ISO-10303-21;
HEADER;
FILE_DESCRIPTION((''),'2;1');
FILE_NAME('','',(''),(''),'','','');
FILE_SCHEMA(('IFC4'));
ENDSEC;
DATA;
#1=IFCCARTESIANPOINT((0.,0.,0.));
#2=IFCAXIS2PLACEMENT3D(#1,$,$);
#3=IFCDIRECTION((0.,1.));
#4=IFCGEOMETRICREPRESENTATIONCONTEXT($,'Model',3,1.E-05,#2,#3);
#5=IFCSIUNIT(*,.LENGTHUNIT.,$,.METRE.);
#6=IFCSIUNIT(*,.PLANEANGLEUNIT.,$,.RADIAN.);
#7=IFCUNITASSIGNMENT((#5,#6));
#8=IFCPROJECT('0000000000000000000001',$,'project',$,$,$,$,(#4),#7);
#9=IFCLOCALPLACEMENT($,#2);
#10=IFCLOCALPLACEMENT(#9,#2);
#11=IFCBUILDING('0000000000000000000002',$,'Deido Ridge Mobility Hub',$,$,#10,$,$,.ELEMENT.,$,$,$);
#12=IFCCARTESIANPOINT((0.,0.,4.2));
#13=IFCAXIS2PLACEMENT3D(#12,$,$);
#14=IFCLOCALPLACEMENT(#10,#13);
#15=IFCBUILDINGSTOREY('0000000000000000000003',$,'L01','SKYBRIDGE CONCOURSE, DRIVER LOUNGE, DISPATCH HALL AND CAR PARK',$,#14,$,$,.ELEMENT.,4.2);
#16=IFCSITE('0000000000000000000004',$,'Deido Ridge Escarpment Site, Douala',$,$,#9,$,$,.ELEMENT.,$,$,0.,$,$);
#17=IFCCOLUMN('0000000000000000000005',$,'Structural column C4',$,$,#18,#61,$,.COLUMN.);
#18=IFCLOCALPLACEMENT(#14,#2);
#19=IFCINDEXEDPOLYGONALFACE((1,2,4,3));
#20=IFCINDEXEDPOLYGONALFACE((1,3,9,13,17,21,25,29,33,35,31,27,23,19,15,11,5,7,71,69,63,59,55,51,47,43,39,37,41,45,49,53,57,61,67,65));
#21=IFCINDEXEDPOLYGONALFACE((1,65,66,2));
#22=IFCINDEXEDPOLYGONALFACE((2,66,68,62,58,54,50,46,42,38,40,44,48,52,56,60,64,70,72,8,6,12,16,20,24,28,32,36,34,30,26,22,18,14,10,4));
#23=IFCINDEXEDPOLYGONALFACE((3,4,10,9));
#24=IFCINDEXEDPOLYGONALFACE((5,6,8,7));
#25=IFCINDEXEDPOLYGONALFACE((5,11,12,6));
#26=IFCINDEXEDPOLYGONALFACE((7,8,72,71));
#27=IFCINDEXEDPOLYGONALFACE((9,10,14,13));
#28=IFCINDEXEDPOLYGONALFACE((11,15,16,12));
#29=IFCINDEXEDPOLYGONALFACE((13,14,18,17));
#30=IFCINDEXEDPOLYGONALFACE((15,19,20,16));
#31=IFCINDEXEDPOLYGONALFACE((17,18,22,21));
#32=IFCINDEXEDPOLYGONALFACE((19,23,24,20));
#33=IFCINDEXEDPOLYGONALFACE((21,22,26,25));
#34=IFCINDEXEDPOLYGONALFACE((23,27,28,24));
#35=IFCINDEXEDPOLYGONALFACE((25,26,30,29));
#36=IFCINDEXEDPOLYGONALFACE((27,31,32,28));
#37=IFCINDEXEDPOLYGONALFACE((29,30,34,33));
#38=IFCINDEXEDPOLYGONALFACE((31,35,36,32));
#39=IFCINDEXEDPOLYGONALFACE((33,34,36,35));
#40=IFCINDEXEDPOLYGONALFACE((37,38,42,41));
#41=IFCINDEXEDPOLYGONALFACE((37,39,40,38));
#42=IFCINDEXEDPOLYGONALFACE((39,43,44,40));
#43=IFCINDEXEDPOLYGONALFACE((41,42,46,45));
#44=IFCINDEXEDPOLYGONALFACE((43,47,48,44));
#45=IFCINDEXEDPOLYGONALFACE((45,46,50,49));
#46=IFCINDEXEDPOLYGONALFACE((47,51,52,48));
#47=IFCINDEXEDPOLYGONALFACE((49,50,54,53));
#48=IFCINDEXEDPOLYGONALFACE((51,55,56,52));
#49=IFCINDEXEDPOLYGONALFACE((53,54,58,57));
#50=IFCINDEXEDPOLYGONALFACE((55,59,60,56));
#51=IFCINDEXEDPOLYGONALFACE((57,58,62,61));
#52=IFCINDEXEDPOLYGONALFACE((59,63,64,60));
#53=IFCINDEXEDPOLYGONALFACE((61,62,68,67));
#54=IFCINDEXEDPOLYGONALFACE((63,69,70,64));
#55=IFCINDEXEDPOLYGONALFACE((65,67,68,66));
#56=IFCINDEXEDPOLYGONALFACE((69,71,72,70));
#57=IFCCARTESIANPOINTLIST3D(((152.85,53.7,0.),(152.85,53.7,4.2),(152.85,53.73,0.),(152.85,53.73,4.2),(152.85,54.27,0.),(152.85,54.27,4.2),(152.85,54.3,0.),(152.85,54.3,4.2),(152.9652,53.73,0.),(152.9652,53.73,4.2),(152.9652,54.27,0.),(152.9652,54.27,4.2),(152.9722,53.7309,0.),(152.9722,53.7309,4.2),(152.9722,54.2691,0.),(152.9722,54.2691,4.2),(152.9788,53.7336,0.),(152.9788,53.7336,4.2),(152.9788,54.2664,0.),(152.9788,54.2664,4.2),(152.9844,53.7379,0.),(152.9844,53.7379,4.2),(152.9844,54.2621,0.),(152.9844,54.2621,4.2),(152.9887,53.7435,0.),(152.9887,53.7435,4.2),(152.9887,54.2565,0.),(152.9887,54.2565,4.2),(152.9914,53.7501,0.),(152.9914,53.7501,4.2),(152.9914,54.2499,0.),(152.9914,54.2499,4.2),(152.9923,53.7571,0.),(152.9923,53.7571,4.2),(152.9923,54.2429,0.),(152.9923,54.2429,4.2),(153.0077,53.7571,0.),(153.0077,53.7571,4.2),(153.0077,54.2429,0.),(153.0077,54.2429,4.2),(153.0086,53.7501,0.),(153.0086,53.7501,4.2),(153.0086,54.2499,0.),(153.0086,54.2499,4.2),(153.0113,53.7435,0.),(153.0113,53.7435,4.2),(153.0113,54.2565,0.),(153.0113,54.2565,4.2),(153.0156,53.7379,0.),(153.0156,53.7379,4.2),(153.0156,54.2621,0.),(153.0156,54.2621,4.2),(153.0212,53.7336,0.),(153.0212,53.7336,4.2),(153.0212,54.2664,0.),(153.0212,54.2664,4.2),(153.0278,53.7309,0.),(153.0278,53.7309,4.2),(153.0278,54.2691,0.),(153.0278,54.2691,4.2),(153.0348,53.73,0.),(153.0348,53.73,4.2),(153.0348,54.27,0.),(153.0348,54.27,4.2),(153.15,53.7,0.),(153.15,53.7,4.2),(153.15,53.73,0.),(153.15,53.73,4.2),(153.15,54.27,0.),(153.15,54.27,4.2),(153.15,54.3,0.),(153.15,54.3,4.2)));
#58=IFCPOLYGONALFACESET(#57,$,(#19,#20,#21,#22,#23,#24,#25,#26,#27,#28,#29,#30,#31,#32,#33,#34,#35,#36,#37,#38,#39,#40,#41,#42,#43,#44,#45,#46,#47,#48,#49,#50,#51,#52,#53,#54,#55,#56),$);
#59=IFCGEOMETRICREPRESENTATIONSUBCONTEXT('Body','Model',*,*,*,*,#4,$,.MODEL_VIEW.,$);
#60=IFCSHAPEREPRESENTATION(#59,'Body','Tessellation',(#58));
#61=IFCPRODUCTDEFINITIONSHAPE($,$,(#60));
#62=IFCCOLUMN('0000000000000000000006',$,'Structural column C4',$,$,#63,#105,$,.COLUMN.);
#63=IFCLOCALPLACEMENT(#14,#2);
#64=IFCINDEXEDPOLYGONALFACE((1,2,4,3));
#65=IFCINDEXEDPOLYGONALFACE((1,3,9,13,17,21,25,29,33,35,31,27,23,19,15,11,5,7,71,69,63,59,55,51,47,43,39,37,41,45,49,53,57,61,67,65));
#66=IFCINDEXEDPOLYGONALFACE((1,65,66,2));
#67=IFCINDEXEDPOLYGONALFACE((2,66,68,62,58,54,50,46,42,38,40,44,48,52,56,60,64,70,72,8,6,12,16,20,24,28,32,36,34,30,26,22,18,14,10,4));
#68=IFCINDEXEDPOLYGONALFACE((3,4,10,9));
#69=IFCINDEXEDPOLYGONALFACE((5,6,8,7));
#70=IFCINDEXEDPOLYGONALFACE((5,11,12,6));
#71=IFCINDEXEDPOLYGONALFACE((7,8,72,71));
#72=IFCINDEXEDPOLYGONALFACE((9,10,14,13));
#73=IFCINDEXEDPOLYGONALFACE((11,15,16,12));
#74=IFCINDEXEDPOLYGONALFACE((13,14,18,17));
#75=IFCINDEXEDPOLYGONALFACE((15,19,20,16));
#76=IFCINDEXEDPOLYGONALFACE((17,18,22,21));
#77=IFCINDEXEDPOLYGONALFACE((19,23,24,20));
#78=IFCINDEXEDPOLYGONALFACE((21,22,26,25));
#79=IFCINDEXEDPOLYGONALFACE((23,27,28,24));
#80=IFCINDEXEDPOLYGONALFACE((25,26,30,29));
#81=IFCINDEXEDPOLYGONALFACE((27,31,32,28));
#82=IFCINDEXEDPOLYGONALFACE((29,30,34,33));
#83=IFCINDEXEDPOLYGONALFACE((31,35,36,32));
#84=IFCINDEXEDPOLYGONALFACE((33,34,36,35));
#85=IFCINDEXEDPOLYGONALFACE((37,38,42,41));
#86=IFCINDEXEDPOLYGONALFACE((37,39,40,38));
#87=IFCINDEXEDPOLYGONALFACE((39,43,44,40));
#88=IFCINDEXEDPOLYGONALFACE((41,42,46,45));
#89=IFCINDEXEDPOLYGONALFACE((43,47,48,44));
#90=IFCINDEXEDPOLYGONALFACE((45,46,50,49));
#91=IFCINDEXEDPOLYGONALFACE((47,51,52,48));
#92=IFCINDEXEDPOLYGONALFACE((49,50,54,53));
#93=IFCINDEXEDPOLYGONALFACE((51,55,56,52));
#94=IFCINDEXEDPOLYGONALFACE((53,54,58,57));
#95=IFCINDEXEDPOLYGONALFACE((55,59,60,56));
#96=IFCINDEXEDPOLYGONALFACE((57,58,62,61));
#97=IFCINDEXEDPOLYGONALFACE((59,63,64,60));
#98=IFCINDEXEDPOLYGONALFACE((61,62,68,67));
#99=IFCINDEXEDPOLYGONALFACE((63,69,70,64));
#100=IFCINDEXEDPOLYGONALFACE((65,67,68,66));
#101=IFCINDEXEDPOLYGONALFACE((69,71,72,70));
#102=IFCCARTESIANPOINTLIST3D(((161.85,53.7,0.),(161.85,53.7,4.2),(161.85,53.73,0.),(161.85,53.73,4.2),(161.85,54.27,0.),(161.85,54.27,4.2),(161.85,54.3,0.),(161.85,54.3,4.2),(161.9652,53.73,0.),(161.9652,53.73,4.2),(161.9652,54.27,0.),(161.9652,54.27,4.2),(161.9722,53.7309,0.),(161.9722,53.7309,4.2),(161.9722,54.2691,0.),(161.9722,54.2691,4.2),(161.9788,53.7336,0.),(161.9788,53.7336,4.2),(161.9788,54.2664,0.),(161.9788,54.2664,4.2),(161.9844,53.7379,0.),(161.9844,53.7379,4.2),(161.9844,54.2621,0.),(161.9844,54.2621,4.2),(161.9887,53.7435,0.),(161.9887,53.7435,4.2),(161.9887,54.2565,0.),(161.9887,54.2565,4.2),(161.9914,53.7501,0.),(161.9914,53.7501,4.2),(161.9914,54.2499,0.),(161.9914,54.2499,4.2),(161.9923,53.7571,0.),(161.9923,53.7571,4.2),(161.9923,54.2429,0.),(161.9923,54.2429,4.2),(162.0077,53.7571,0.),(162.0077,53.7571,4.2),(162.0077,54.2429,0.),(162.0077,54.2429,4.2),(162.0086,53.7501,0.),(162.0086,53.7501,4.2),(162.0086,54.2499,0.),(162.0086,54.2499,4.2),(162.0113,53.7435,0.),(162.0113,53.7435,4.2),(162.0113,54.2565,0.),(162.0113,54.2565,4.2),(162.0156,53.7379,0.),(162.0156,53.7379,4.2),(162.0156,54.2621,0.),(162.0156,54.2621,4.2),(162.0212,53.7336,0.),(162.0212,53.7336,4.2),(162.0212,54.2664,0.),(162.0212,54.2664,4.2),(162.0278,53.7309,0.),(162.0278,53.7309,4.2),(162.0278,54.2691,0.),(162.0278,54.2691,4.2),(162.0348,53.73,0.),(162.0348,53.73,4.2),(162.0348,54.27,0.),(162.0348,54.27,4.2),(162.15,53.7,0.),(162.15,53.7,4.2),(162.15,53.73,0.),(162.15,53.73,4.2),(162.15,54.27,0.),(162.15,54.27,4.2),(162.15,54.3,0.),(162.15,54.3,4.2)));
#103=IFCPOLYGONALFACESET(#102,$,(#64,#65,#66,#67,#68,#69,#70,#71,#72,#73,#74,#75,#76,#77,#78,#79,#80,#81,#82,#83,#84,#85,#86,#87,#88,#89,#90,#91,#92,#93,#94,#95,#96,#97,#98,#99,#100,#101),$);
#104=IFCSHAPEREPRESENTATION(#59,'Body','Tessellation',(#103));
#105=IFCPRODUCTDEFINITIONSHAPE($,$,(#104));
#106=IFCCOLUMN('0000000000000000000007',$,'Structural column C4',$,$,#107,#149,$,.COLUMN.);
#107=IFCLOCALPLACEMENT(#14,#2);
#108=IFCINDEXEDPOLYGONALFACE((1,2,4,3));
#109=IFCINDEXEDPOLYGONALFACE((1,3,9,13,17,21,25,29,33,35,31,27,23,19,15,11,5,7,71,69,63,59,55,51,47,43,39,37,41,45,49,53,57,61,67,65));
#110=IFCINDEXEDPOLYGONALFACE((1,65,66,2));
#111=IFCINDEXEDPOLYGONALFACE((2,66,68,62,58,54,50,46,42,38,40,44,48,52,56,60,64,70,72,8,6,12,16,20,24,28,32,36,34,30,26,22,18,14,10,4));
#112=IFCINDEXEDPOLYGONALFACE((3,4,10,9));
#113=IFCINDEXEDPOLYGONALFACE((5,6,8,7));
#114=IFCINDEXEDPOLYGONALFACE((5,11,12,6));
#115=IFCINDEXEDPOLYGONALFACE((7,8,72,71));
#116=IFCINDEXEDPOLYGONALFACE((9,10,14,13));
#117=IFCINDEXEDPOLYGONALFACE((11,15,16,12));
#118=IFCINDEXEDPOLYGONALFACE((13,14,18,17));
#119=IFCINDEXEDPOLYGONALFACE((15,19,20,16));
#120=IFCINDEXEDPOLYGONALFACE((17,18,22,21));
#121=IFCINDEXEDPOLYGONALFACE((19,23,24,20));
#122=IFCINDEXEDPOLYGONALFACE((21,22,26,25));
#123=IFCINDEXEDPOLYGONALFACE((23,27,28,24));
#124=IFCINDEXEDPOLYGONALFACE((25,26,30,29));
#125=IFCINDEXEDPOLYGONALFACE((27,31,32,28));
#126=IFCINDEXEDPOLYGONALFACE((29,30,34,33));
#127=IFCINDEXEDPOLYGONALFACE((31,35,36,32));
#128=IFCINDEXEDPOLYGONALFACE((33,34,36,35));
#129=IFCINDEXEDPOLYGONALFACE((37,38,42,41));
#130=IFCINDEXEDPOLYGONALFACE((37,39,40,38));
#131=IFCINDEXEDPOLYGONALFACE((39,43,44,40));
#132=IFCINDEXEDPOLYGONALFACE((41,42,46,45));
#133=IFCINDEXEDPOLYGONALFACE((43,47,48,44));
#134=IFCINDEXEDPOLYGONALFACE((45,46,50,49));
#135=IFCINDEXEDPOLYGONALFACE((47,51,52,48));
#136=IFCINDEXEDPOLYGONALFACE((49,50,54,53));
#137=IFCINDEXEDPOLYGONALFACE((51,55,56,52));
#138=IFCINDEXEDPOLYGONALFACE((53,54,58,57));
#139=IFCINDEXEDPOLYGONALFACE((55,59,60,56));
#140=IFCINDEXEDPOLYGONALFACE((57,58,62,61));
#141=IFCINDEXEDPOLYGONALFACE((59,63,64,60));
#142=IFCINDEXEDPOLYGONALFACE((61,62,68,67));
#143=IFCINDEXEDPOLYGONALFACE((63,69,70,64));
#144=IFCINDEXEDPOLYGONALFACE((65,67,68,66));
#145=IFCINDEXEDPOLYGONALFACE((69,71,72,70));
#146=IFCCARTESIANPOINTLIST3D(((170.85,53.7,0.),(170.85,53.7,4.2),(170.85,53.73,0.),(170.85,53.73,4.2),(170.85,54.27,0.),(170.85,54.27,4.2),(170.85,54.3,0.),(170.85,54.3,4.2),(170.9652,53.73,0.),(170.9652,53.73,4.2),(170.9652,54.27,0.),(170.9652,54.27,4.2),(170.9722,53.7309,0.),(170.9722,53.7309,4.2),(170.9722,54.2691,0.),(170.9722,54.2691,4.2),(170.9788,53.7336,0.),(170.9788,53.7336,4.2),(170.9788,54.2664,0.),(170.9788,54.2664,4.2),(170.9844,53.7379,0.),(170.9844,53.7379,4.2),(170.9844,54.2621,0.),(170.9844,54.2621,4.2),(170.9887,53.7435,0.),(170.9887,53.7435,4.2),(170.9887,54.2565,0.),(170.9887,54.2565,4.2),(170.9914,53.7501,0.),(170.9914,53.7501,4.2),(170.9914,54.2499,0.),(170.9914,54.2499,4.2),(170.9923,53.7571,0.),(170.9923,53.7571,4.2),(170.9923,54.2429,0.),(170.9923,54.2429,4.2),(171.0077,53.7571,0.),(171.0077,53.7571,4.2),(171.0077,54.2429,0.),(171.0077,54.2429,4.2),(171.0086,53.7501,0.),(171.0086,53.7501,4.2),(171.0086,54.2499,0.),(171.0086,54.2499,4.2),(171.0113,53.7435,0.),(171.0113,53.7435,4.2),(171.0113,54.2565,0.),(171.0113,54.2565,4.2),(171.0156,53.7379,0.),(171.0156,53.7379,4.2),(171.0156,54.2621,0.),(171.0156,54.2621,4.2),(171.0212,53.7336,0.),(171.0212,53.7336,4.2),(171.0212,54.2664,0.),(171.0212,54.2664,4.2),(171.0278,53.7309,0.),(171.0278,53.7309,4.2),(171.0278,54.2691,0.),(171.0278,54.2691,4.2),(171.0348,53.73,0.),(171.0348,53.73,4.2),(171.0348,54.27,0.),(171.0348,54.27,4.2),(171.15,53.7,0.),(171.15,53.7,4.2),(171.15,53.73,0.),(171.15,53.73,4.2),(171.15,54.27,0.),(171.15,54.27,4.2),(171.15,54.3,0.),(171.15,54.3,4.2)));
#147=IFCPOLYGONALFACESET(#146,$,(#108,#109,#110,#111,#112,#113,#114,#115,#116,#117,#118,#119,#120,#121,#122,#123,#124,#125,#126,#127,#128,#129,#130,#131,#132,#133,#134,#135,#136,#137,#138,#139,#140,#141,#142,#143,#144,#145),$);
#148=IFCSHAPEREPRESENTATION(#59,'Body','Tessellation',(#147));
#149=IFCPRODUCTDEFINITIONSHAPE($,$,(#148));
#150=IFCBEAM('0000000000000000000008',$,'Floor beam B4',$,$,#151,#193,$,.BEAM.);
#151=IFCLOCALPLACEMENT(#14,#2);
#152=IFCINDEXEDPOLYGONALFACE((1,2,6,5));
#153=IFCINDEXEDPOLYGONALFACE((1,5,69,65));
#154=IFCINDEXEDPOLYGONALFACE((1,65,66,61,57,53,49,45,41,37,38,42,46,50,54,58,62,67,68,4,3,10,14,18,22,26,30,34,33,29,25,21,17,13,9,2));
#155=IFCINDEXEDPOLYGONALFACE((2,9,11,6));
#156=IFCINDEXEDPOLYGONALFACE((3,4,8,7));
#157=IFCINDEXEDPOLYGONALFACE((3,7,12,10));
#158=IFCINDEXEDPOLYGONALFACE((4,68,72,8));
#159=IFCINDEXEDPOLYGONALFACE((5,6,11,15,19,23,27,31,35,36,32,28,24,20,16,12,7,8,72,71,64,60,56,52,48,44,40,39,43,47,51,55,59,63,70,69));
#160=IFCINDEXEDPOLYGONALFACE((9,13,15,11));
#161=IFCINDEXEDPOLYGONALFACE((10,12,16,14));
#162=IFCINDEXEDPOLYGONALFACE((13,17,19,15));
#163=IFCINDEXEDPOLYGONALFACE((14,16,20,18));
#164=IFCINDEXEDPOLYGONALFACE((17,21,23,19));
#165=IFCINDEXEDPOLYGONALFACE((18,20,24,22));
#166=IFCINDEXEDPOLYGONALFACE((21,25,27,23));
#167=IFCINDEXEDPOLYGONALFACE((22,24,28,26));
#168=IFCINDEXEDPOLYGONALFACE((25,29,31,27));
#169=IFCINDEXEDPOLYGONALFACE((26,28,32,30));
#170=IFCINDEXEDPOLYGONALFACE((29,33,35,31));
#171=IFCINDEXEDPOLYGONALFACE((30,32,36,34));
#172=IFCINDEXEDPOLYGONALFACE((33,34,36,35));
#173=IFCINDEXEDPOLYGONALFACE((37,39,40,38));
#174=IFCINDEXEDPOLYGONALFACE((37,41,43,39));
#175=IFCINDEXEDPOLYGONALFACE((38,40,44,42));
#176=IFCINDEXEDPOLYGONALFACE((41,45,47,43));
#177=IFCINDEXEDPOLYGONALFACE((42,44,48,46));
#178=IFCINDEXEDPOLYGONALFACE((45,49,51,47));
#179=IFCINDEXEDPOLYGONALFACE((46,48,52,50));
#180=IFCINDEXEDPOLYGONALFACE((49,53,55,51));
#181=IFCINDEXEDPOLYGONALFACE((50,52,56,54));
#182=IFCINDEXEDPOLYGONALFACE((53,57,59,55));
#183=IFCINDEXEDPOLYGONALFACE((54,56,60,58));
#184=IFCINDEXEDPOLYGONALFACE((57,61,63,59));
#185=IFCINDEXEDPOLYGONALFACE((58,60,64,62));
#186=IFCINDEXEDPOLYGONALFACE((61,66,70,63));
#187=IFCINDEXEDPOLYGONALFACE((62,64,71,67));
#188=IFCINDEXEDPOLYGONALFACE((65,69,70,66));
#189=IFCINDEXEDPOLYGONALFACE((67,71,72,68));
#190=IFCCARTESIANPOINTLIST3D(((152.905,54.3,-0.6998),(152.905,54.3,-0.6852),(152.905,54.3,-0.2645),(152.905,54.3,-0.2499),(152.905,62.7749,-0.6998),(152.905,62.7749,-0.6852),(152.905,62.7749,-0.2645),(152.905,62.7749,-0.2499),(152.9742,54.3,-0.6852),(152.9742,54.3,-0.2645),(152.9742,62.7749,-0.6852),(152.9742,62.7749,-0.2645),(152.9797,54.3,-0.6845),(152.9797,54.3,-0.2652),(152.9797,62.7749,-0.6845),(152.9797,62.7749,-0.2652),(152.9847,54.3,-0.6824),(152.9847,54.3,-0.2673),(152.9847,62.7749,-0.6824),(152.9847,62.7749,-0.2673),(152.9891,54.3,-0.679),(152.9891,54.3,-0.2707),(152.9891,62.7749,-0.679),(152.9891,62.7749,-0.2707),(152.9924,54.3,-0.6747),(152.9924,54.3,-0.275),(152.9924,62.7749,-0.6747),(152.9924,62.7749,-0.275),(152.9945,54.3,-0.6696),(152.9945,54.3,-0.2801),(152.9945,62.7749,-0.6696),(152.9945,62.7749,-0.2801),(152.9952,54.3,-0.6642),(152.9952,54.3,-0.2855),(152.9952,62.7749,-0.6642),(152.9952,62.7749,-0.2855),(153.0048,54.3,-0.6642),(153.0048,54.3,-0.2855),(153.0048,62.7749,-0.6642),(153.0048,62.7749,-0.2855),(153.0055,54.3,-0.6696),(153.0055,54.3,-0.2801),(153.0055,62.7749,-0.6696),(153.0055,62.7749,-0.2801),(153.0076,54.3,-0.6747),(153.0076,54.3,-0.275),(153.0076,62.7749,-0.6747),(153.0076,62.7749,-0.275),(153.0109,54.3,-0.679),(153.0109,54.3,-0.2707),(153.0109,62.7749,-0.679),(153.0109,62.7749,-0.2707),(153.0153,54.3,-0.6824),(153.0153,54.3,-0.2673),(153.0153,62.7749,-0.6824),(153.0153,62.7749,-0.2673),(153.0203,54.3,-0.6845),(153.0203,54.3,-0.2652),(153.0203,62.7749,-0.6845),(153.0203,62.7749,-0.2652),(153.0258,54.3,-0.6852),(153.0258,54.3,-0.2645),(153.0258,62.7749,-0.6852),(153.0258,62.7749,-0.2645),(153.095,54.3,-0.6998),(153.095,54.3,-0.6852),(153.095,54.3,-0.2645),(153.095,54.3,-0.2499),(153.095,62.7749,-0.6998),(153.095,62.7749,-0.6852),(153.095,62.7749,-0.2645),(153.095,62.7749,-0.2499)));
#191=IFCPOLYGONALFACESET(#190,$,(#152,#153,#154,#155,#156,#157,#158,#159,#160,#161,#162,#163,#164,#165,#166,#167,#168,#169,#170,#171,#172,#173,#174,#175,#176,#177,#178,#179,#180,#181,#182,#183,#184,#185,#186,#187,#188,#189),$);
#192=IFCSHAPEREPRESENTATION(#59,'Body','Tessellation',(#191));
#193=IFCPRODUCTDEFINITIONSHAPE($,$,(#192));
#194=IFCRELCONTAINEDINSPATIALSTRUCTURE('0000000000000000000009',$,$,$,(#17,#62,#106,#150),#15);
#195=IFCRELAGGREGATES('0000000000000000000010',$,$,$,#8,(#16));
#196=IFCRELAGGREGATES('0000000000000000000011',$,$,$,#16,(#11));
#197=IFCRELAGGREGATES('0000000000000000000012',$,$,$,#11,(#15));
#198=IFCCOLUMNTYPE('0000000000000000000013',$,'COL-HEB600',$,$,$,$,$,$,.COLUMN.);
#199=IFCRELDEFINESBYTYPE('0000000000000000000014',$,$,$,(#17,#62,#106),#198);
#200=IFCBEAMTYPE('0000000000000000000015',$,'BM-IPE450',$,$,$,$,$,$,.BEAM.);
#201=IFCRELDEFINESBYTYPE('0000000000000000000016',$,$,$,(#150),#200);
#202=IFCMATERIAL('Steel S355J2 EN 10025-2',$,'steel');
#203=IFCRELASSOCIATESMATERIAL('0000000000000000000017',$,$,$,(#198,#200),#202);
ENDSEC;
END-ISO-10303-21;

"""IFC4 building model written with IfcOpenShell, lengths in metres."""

from ifc_helpers import new_model, si_unit, direction, frame, origin, origin_2d, place, context, subcontext, project, spatial, i_section, extrude, material, material_profile, profile_set, type_object, element, save


model = new_model("IFC4")

# Units and contexts
model_context = context("Model", 3, precision=1e-05, world=origin(), true_north=direction((0.0, 1.0)))
body_context = subcontext(model_context, "Body", "Model", "MODEL_VIEW")
ifc_project = project(units=[si_unit("LENGTHUNIT", "METRE"), si_unit("PLANEANGLEUNIT", "RADIAN")], contexts=[model_context])

# Site, building, storey
site_placement = place(None, origin())
site = spatial("IfcSite", under=ifc_project, at=site_placement, Name="Deido Ridge Escarpment Site, Douala", CompositionType="ELEMENT", RefElevation=0.0)
building_placement = place(site_placement, origin())
building = spatial("IfcBuilding", under=site, at=building_placement, Name="Deido Ridge Mobility Hub", CompositionType="ELEMENT")
storey_placement = place(building_placement, frame((0.0, 0.0, 4.2)))
storey = spatial("IfcBuildingStorey", under=building, at=storey_placement, Name="L01", Description="SKYBRIDGE CONCOURSE, DRIVER LOUNGE, DISPATCH HALL AND CAR PARK", CompositionType="ELEMENT", Elevation=4.2)

# Columns
ifc_material_1 = material(Name="Steel S355J2 EN 10025-2", Category="steel")
ifc_material_profile_1 = material_profile(ifc_material_1, i_section(OverallWidth=0.3, OverallDepth=0.6001, WebThickness=0.0154, FlangeThickness=0.03, FilletRadius=0.0271, at=origin_2d()), Name="HEB 600")
ifc_profile_set_1 = profile_set([ifc_material_profile_1], Name="Steel S355J2 EN 10025-2")
column_type_1 = type_object("IfcColumnType", Name="COL-HEB600", PredefinedType="COLUMN", material=ifc_profile_set_1)
for number, where, z_axis, x_axis, name in (
    (1, (153.0, 54.0, 0.0), (0.0, 0.0, 1.0), (1.0, 0.0, 0.0), "Structural column C4"),
    (2, (162.0, 54.0, 0.0), (0.0, 0.0, 1.0), (1.0, 0.0, 0.0), "Structural column C4"),
    (3, (171.0, 54.0, 0.0), (0.0, 0.0, 1.0), (1.0, 0.0, 0.0), "Structural column C4"),
):
    element("IfcColumn", number, at=place(storey_placement, frame(where, z_axis=z_axis, x_axis=x_axis)), inside=storey, type_object=column_type_1, Name=name, PredefinedType="COLUMN", context=body_context, shape_type="SweptSolid", body=[
        extrude(i_section(OverallWidth=0.3, OverallDepth=0.6001, WebThickness=0.0154, FlangeThickness=0.03, FilletRadius=0.0271, at=origin_2d()), origin(), (0.0, 0.0, 1.0), 4.2),
    ])

# Beam
ifc_material_profile_2 = material_profile(ifc_material_1, i_section(OverallWidth=0.1899, OverallDepth=0.45, WebThickness=0.0095, FlangeThickness=0.0146, FilletRadius=0.021, at=origin_2d()), Name="IPE 450")
ifc_profile_set_2 = profile_set([ifc_material_profile_2], Name="Steel S355J2 EN 10025-2")
beam_type_1 = type_object("IfcBeamType", Name="BM-IPE450", PredefinedType="BEAM", material=ifc_profile_set_2)
beam_1_placement = place(storey_placement, frame((153.0, 54.3, -0.4749), z_axis=(0.0, 1.0, 0.0), x_axis=(-1.0, 0.0, 0.0)))
element("IfcBeam", 4, at=beam_1_placement, inside=storey, type_object=beam_type_1, Name="Floor beam B4", PredefinedType="BEAM", context=body_context, shape_type="SweptSolid", body=[
    extrude(i_section(OverallWidth=0.1899, OverallDepth=0.45, WebThickness=0.0095, FlangeThickness=0.0146, FilletRadius=0.021, at=origin_2d()), origin(), (0.0, 0.0, 1.0), 8.4749),
])

save(model, "model.ifc")
